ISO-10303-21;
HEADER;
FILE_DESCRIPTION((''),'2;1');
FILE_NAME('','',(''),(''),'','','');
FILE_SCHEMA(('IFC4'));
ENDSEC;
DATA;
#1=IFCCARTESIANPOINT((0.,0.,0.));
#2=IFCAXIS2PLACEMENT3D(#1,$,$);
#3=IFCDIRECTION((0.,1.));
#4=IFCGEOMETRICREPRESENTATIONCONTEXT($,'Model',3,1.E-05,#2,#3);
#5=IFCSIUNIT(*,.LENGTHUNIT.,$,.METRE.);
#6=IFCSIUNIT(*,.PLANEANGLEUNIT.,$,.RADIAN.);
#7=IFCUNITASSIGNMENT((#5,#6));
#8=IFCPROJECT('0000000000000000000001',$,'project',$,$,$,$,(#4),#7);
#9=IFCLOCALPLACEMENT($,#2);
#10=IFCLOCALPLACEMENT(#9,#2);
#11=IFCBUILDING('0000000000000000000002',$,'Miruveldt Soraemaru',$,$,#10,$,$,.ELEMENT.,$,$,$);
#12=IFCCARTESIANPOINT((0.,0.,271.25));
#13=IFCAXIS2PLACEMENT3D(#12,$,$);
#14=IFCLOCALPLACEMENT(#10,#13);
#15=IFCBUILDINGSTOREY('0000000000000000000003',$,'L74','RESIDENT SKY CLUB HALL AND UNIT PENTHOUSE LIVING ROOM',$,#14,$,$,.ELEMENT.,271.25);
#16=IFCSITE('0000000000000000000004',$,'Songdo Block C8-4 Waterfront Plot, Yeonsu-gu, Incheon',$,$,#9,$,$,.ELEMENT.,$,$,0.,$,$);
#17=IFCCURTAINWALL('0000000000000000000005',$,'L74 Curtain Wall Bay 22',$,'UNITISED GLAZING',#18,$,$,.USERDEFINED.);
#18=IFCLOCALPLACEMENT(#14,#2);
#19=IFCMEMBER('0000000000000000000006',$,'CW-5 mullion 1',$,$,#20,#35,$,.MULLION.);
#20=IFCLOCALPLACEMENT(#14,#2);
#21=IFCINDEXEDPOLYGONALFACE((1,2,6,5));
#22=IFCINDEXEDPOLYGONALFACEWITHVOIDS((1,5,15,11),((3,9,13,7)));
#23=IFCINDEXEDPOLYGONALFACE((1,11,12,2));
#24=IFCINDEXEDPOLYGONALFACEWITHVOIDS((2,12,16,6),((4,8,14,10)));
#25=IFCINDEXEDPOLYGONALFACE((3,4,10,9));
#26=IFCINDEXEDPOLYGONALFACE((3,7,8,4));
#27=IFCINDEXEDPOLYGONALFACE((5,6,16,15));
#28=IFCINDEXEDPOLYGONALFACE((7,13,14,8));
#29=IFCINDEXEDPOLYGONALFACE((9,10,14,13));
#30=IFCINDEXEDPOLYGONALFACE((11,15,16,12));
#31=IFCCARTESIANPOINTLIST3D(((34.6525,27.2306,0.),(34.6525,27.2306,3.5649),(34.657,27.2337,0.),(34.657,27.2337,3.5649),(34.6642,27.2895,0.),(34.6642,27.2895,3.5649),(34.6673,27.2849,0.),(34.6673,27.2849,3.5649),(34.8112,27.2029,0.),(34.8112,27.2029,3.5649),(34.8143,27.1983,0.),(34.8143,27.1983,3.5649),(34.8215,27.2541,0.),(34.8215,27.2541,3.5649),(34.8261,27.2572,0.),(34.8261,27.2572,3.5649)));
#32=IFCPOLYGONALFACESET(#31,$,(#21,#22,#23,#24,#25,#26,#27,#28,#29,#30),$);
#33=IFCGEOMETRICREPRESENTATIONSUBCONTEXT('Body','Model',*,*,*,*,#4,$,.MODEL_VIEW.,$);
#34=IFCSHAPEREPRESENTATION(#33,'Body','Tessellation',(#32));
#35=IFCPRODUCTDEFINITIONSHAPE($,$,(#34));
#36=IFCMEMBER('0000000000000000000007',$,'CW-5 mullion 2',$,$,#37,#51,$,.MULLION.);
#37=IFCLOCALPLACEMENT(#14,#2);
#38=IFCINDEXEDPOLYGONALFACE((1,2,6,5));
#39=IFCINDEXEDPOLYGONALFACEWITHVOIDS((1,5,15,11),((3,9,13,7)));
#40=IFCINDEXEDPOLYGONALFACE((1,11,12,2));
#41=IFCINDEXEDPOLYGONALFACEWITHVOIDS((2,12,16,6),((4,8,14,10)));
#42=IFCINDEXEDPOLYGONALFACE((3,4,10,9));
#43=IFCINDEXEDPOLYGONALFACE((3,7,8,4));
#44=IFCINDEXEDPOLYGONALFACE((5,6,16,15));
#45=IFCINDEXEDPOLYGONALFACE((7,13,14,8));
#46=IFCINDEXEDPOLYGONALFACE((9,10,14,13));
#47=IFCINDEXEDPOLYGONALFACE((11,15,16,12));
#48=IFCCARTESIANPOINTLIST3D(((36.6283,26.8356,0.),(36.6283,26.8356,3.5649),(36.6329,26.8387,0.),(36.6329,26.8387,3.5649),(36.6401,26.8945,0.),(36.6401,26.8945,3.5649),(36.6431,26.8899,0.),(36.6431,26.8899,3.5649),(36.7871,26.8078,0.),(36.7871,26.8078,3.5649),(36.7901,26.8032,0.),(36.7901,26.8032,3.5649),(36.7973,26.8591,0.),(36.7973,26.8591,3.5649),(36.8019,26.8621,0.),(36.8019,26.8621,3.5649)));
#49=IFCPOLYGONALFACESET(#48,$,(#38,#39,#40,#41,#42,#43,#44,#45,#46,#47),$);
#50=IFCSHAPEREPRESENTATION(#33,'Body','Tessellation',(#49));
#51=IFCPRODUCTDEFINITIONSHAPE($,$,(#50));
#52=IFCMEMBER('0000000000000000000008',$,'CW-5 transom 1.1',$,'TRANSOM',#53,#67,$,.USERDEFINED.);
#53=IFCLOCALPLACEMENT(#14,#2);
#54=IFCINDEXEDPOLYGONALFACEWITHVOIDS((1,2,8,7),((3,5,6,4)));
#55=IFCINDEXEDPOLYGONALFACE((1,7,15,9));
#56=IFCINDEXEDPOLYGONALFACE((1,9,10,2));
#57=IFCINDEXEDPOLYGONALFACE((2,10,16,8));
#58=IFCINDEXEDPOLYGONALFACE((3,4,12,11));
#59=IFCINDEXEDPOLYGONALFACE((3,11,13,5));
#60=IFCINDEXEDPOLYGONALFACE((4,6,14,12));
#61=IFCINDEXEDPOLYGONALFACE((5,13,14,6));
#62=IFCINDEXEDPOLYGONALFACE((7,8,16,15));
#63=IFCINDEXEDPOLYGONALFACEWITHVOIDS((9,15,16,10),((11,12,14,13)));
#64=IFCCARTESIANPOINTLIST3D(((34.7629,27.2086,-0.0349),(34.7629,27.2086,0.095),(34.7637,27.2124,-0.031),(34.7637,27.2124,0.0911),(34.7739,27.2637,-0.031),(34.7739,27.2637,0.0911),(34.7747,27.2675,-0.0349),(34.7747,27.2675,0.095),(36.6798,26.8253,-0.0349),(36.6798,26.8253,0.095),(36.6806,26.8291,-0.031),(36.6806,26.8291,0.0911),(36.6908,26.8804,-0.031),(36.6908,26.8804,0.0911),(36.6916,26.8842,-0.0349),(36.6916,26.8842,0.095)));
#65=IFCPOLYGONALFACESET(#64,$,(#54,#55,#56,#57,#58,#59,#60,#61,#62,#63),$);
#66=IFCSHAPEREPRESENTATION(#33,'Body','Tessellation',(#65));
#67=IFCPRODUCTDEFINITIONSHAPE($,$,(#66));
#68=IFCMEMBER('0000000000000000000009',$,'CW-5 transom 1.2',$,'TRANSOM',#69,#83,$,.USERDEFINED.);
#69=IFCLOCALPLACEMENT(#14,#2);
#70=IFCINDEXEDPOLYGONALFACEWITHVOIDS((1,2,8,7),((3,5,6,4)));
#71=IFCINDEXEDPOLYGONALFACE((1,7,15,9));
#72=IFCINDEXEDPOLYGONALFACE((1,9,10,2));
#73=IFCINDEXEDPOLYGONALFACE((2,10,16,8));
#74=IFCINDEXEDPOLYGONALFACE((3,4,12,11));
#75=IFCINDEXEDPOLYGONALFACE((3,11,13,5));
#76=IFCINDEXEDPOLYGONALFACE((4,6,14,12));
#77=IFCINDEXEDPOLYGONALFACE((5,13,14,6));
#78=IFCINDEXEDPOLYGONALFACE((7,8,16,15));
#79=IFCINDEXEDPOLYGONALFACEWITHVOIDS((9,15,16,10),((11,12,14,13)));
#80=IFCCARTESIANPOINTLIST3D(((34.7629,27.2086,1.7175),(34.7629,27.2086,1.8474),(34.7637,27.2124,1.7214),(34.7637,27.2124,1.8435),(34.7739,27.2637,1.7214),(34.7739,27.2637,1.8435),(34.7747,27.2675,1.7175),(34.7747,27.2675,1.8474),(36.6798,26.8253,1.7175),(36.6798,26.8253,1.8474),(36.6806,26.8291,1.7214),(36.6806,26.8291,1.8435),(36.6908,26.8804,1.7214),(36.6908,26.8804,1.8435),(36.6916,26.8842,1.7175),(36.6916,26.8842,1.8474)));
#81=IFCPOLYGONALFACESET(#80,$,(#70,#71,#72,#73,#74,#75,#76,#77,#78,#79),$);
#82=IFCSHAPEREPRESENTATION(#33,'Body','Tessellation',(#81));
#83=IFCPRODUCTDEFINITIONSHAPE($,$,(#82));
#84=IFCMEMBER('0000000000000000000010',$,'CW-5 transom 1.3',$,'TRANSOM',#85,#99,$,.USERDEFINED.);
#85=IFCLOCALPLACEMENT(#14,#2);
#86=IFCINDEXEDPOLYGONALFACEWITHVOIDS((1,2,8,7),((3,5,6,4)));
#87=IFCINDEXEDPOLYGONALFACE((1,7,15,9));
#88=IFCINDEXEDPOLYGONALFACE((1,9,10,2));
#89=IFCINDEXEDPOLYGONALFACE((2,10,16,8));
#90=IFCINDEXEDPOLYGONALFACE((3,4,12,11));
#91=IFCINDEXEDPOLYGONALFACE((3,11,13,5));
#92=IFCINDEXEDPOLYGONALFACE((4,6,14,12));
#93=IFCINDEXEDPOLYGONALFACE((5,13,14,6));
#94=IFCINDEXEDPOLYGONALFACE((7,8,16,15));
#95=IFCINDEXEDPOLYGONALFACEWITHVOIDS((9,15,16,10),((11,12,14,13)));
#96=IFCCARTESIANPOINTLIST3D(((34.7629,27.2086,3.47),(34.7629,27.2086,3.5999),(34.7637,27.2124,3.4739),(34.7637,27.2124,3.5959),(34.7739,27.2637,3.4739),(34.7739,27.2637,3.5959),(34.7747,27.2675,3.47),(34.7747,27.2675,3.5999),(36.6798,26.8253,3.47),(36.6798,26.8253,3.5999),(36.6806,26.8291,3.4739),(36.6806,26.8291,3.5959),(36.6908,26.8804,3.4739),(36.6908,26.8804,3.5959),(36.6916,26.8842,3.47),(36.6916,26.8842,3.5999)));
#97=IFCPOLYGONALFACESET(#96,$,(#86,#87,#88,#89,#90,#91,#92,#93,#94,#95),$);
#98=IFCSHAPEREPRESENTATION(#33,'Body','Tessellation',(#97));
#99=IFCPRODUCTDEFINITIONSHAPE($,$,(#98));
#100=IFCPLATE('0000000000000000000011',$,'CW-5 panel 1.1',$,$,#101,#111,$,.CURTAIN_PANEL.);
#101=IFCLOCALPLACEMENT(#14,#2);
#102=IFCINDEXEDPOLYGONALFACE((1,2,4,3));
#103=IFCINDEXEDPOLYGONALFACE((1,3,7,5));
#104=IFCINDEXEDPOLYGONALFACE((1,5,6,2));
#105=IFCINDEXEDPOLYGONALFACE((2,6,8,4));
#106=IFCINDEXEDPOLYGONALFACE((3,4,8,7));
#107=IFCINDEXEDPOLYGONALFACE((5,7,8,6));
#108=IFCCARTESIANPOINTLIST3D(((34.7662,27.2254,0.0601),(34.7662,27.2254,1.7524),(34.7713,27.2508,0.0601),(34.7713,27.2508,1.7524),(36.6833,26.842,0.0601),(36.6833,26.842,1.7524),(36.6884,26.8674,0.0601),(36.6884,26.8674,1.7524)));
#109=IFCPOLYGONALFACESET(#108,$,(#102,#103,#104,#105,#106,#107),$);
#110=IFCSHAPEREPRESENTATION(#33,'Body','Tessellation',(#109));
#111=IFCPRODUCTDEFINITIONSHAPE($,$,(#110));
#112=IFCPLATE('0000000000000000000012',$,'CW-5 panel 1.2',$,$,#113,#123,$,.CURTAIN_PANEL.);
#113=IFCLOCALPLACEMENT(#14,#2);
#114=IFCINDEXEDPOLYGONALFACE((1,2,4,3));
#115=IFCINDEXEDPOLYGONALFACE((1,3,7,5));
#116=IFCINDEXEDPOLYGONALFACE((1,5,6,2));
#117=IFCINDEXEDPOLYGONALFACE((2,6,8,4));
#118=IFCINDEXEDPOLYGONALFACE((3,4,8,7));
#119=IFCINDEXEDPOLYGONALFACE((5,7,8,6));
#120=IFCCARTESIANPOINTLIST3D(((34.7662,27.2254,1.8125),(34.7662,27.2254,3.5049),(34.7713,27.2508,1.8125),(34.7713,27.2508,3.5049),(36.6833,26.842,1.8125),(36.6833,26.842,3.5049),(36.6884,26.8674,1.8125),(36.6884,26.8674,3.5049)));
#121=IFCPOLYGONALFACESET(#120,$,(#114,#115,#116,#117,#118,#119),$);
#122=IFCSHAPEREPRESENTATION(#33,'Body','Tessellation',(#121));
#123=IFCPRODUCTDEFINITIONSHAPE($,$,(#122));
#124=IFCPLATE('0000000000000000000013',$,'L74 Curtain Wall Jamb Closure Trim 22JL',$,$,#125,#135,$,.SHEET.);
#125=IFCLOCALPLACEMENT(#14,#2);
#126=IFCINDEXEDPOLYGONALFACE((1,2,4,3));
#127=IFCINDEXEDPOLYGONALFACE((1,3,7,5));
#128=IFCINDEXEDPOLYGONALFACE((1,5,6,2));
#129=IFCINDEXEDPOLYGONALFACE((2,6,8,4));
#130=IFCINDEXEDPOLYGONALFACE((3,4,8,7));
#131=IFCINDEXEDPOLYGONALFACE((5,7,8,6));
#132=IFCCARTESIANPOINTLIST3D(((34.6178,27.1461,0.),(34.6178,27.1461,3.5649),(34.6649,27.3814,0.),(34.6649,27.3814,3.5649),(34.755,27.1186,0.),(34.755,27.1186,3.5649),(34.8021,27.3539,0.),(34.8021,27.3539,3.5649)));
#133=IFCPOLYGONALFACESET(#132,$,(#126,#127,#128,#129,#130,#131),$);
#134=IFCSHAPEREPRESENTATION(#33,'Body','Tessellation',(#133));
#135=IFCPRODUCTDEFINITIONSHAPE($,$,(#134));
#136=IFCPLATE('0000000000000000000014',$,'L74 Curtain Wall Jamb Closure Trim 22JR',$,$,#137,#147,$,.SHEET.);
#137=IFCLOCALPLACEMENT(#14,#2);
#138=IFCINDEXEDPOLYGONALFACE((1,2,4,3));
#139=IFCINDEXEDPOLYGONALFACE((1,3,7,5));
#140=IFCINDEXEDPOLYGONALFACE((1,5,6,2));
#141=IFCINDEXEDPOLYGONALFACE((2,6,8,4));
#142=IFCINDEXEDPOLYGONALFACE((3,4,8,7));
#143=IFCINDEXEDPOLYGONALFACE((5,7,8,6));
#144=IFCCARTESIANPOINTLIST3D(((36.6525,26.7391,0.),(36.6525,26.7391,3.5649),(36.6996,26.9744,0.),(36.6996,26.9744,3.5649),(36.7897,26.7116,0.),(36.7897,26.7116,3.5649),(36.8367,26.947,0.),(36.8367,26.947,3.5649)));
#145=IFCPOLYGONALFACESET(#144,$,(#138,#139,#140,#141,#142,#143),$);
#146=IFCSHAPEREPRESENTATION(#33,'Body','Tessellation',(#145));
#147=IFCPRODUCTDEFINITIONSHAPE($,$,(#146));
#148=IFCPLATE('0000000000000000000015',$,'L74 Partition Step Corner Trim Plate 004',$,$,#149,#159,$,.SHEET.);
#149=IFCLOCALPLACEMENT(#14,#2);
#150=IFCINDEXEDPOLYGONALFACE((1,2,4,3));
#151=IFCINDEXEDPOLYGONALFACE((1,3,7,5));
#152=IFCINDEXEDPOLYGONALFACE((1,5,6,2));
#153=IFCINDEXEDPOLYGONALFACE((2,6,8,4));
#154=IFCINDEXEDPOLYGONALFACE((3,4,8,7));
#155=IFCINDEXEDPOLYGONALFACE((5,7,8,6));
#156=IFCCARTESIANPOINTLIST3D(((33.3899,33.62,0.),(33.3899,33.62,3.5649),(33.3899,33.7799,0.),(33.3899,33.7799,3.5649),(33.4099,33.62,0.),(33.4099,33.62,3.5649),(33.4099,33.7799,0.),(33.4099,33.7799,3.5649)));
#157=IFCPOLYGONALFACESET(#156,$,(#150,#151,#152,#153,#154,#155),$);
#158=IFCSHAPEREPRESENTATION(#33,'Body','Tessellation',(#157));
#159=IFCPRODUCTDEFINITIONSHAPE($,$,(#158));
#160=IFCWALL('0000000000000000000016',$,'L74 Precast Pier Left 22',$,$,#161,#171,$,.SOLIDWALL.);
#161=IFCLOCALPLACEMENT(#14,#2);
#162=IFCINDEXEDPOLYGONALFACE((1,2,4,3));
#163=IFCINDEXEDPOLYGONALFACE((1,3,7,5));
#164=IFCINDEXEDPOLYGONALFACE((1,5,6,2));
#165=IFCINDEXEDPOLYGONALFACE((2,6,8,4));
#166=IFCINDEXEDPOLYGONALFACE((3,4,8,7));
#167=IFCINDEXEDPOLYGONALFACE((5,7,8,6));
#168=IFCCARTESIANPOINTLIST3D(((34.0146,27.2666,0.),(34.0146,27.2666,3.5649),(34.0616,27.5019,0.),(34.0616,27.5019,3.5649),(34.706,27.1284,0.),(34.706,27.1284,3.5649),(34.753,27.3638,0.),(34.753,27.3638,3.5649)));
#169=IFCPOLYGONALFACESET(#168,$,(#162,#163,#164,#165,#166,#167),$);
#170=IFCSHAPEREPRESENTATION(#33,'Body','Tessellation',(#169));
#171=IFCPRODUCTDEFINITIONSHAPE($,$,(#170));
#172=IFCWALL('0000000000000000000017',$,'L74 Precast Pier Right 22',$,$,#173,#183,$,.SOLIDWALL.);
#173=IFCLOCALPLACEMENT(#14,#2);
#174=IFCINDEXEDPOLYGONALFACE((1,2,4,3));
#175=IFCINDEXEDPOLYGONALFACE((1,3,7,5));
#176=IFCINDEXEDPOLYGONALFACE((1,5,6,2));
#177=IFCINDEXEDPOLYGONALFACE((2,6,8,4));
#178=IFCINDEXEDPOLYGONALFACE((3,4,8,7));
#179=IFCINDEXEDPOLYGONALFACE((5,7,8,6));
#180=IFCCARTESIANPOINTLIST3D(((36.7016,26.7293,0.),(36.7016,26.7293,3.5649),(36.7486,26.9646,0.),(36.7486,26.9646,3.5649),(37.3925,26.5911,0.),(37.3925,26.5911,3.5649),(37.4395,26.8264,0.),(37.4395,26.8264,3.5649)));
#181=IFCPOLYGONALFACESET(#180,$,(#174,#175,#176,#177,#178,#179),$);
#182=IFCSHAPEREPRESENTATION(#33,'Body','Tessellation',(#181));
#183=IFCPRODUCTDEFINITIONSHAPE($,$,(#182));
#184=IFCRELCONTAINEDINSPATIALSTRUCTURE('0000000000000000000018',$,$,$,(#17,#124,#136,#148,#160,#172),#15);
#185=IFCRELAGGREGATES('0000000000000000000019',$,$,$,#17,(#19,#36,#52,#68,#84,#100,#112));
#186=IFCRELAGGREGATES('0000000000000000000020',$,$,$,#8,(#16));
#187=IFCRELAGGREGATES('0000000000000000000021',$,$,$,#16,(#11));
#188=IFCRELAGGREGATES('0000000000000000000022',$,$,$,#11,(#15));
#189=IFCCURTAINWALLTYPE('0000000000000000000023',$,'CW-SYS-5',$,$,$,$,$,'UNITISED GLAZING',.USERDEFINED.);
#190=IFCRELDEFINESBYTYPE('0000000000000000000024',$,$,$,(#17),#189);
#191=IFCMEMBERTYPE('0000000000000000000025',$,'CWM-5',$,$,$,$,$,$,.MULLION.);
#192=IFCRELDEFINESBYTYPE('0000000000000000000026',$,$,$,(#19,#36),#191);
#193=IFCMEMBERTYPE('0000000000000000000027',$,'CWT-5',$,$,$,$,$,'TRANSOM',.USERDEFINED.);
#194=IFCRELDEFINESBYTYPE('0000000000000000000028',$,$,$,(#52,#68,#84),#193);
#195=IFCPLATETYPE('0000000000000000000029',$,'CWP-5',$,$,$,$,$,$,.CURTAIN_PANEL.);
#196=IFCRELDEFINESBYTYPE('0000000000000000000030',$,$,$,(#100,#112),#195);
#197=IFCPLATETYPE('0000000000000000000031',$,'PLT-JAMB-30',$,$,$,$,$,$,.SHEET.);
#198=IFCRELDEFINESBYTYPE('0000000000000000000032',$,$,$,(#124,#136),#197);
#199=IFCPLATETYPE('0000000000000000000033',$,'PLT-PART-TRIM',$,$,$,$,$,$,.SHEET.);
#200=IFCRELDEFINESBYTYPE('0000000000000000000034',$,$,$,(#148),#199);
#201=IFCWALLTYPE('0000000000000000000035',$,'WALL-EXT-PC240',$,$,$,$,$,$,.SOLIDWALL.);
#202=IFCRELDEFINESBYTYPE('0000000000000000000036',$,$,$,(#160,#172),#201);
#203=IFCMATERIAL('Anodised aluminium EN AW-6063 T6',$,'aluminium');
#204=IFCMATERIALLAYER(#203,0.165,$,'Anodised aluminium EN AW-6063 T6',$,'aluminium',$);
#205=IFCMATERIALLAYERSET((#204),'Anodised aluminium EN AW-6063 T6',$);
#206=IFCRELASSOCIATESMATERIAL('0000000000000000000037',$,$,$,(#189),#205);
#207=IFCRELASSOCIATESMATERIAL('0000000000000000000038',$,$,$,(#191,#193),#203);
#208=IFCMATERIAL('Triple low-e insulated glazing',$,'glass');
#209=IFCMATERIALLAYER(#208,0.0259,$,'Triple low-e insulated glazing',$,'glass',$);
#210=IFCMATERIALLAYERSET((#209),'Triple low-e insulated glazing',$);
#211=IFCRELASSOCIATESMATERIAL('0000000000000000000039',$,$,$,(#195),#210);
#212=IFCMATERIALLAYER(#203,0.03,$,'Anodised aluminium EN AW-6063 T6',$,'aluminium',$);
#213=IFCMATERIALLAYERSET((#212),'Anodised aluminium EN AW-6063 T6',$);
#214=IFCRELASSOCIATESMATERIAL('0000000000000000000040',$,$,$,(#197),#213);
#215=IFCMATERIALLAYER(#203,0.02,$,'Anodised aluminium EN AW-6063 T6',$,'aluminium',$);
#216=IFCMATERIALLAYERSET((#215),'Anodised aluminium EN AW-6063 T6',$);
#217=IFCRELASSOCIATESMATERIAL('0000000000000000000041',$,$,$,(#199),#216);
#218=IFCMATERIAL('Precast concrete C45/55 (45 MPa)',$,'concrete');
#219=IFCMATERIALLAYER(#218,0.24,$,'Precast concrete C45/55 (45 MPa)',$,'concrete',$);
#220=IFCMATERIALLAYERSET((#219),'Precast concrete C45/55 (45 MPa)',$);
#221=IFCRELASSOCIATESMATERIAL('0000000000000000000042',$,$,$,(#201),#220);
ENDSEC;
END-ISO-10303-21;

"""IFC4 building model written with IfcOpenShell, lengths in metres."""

from ifc_helpers import new_model, si_unit, direction, frame, frame_2d, origin, origin_2d, place, context, subcontext, project, spatial, rectangle, hollow_rectangle, extrude, material, layer, layer_set, material_profile, profile_set, type_object, element, aggregate, save


model = new_model("IFC4")

# Units and contexts
model_context = context("Model", 3, precision=1e-05, world=origin(), true_north=direction((0.0, 1.0)))
body_context = subcontext(model_context, "Body", "Model", "MODEL_VIEW")
ifc_project = project(units=[si_unit("LENGTHUNIT", "METRE"), si_unit("PLANEANGLEUNIT", "RADIAN")], contexts=[model_context])

# Site, building, storey
site_placement = place(None, origin())
site = spatial("IfcSite", under=ifc_project, at=site_placement, Name="Songdo Block C8-4 Waterfront Plot, Yeonsu-gu, Incheon", CompositionType="ELEMENT", RefElevation=0.0)
building_placement = place(site_placement, origin())
building = spatial("IfcBuilding", under=site, at=building_placement, Name="Miruveldt Soraemaru", CompositionType="ELEMENT")
storey_placement = place(building_placement, frame((0.0, 0.0, 271.25)))
storey = spatial("IfcBuildingStorey", under=building, at=storey_placement, Name="L74", Description="RESIDENT SKY CLUB HALL AND UNIT PENTHOUSE LIVING ROOM", CompositionType="ELEMENT", Elevation=271.25)

# Curtain wall, members, plates
ifc_material_1 = material(Name="Anodised aluminium EN AW-6063 T6", Category="aluminium")
ifc_layer_1 = layer(ifc_material_1, 0.165, Name="Anodised aluminium EN AW-6063 T6", Category="aluminium")
ifc_layer_set_1 = layer_set([ifc_layer_1], Name="Anodised aluminium EN AW-6063 T6")
curtain_wall_type = type_object("IfcCurtainWallType", Name="CW-SYS-5", ElementType="UNITISED GLAZING", PredefinedType="USERDEFINED", material=ifc_layer_set_1)
curtain_wall_placement = place(storey_placement, origin())
curtain_wall = element("IfcCurtainWall", 1, at=curtain_wall_placement, inside=storey, type_object=curtain_wall_type, Name="L74 Curtain Wall Bay 22", ObjectType="UNITISED GLAZING", PredefinedType="USERDEFINED")
ifc_material_profile_1 = material_profile(ifc_material_1, hollow_rectangle(XDim=0.0601, YDim=0.165, WallThickness=0.0039, at=origin_2d()), Name="Anodised aluminium EN AW-6063 T6", Category="aluminium")
ifc_profile_set_1 = profile_set([ifc_material_profile_1], Name="Anodised aluminium EN AW-6063 T6")
member_type_1 = type_object("IfcMemberType", Name="CWM-5", PredefinedType="MULLION", material=ifc_profile_set_1)
member_1_placement = place(storey_placement, frame((34.7393, 27.2439, 0.0), z_axis=(0.0, 0.0, 1.0), x_axis=(0.196098, 0.980584, 0.0)))
member_1 = element("IfcMember", 2, at=member_1_placement, type_object=member_type_1, Name="CW-5 mullion 1", PredefinedType="MULLION", context=body_context, shape_type="SweptSolid", body=[
    extrude(hollow_rectangle(XDim=0.0601, YDim=0.165, WallThickness=0.0039, at=origin_2d()), origin(), (0.0, 0.0, 1.0), 3.5649),
])
member_2_placement = place(storey_placement, frame((36.7151, 26.8489, 0.0), z_axis=(0.0, 0.0, 1.0), x_axis=(0.196098, 0.980584, 0.0)))
member_2 = element("IfcMember", 3, at=member_2_placement, type_object=member_type_1, Name="CW-5 mullion 2", PredefinedType="MULLION", context=body_context, shape_type="SweptSolid", body=[
    extrude(hollow_rectangle(XDim=0.0601, YDim=0.165, WallThickness=0.0039, at=origin_2d()), origin(), (0.0, 0.0, 1.0), 3.5649),
])
ifc_material_profile_2 = material_profile(ifc_material_1, hollow_rectangle(XDim=0.0601, YDim=0.1299, WallThickness=0.0039, at=origin_2d()), Name="Anodised aluminium EN AW-6063 T6", Category="aluminium")
ifc_profile_set_2 = profile_set([ifc_material_profile_2], Name="Anodised aluminium EN AW-6063 T6")
member_type_2 = type_object("IfcMemberType", Name="CWT-5", ElementType="TRANSOM", PredefinedType="USERDEFINED", material=ifc_profile_set_2)
member_3_placement = place(storey_placement, frame((34.7688, 27.238, 0.03), z_axis=(0.98059, -0.196068, 0.0), x_axis=(0.196068, 0.98059, 0.0)))
member_3 = element("IfcMember", 4, at=member_3_placement, type_object=member_type_2, Name="CW-5 transom 1.1", ObjectType="TRANSOM", PredefinedType="USERDEFINED", context=body_context, shape_type="SweptSolid", body=[
    extrude(hollow_rectangle(XDim=0.0601, YDim=0.1299, WallThickness=0.0039, at=origin_2d()), origin(), (0.0, 0.0, 1.0), 1.9548),
])
member_4_placement = place(storey_placement, frame((34.7688, 27.238, 1.7825), z_axis=(0.98059, -0.196068, 0.0), x_axis=(0.196068, 0.98059, 0.0)))
member_4 = element("IfcMember", 5, at=member_4_placement, type_object=member_type_2, Name="CW-5 transom 1.2", ObjectType="TRANSOM", PredefinedType="USERDEFINED", context=body_context, shape_type="SweptSolid", body=[
    extrude(hollow_rectangle(XDim=0.0601, YDim=0.1299, WallThickness=0.0039, at=origin_2d()), origin(), (0.0, 0.0, 1.0), 1.9548),
])
member_5_placement = place(storey_placement, frame((34.7688, 27.238, 3.5349), z_axis=(0.98059, -0.196068, 0.0), x_axis=(0.196068, 0.98059, 0.0)))
member_5 = element("IfcMember", 6, at=member_5_placement, type_object=member_type_2, Name="CW-5 transom 1.3", ObjectType="TRANSOM", PredefinedType="USERDEFINED", context=body_context, shape_type="SweptSolid", body=[
    extrude(hollow_rectangle(XDim=0.0601, YDim=0.1299, WallThickness=0.0039, at=origin_2d()), origin(), (0.0, 0.0, 1.0), 1.9548),
])
ifc_material_2 = material(Name="Triple low-e insulated glazing", Category="glass")
ifc_layer_2 = layer(ifc_material_2, 0.0259, Name="Triple low-e insulated glazing", Category="glass")
ifc_layer_set_2 = layer_set([ifc_layer_2], Name="Triple low-e insulated glazing")
plate_type_1 = type_object("IfcPlateType", Name="CWP-5", PredefinedType="CURTAIN_PANEL", material=ifc_layer_set_2)
plate_1_placement = place(storey_placement, frame((35.7273, 27.0464, 0.0601), z_axis=(0.0, 0.0, 1.0), x_axis=(0.980584, -0.196098, 0.0)))
plate_1 = element("IfcPlate", 7, at=plate_1_placement, type_object=plate_type_1, Name="CW-5 panel 1.1", PredefinedType="CURTAIN_PANEL", context=body_context, shape_type="SweptSolid", body=[
    extrude(rectangle(XDim=1.9551, YDim=0.0259, at=origin_2d()), origin(), (0.0, 0.0, 1.0), 1.6924),
])
plate_2_placement = place(storey_placement, frame((35.7273, 27.0464, 1.8125), z_axis=(0.0, 0.0, 1.0), x_axis=(0.980584, -0.196098, 0.0)))
plate_2 = element("IfcPlate", 8, at=plate_2_placement, type_object=plate_type_1, Name="CW-5 panel 1.2", PredefinedType="CURTAIN_PANEL", context=body_context, shape_type="SweptSolid", body=[
    extrude(rectangle(XDim=1.9551, YDim=0.0259, at=origin_2d()), origin(), (0.0, 0.0, 1.0), 1.6924),
])
aggregate(curtain_wall, [member_1, member_2, member_3, member_4, member_5, plate_1, plate_2])

# Plates
ifc_layer_3 = layer(ifc_material_1, 0.03, Name="Anodised aluminium EN AW-6063 T6", Category="aluminium")
ifc_layer_set_3 = layer_set([ifc_layer_3], Name="Anodised aluminium EN AW-6063 T6")
plate_type_2 = type_object("IfcPlateType", Name="PLT-JAMB-30", PredefinedType="SHEET", material=ifc_layer_set_3)
for number, where, z_axis, x_axis, name in (
    (9, (34.71, 27.25, 0.0), (0.0, 0.0, 1.0), (0.980584, -0.1961, 0.0), "L74 Curtain Wall Jamb Closure Trim 22JL"),
    (10, (36.7446, 26.843, 0.0), (0.0, 0.0, 1.0), (0.980584, -0.1961, 0.0), "L74 Curtain Wall Jamb Closure Trim 22JR"),
):
    element("IfcPlate", number, at=place(storey_placement, frame(where, z_axis=z_axis, x_axis=x_axis)), inside=storey, type_object=plate_type_2, Name=name, PredefinedType="SHEET", context=body_context, shape_type="SweptSolid", body=[
        extrude(rectangle(XDim=0.1399, YDim=0.24, at=origin_2d()), origin(), (0.0, 0.0, 1.0), 3.5649),
    ])
ifc_layer_4 = layer(ifc_material_1, 0.02, Name="Anodised aluminium EN AW-6063 T6", Category="aluminium")
ifc_layer_set_4 = layer_set([ifc_layer_4], Name="Anodised aluminium EN AW-6063 T6")
plate_type_3 = type_object("IfcPlateType", Name="PLT-PART-TRIM", PredefinedType="SHEET", material=ifc_layer_set_4)
plate_3_placement = place(storey_placement, frame((33.3999, 33.7, 0.0), z_axis=(0.0, 0.0, 1.0), x_axis=(0.0, -1.0, 0.0)))
element("IfcPlate", 11, at=plate_3_placement, inside=storey, type_object=plate_type_3, Name="L74 Partition Step Corner Trim Plate 004", PredefinedType="SHEET", context=body_context, shape_type="SweptSolid", body=[
    extrude(rectangle(XDim=0.1599, YDim=0.02, at=origin_2d()), origin(), (0.0, 0.0, 1.0), 3.5649),
])

# Walls
ifc_material_3 = material(Name="Precast concrete C45/55 (45 MPa)", Category="concrete")
ifc_layer_5 = layer(ifc_material_3, 0.24, Name="Precast concrete C45/55 (45 MPa)", Category="concrete")
ifc_layer_set_5 = layer_set([ifc_layer_5], Name="Precast concrete C45/55 (45 MPa)")
wall_type_1 = type_object("IfcWallType", Name="WALL-EXT-PC240", PredefinedType="SOLIDWALL", material=ifc_layer_set_5)
wall_1_placement = place(storey_placement, frame((34.0381, 27.3843, 0.0), z_axis=(0.0, 0.0, 1.0), x_axis=(0.980607, -0.195983, 0.0)))
element("IfcWall", 12, at=wall_1_placement, inside=storey, type_object=wall_type_1, Name="L74 Precast Pier Left 22", PredefinedType="SOLIDWALL", context=body_context, shape_type="SweptSolid", body=[
    extrude(rectangle(XDim=0.7051, YDim=0.24, at=frame_2d((0.3525, 0.0))), origin(), (0.0, 0.0, 1.0), 3.5649),
])
wall_2_placement = place(storey_placement, frame((36.7251, 26.8469, 0.0), z_axis=(0.0, 0.0, 1.0), x_axis=(0.980581, -0.196116, 0.0)))
element("IfcWall", 13, at=wall_2_placement, inside=storey, type_object=wall_type_1, Name="L74 Precast Pier Right 22", PredefinedType="SOLIDWALL", context=body_context, shape_type="SweptSolid", body=[
    extrude(rectangle(XDim=0.7046, YDim=0.24, at=frame_2d((0.3523, 0.0))), origin(), (0.0, 0.0, 1.0), 3.5649),
])

save(model, "model.ifc")
